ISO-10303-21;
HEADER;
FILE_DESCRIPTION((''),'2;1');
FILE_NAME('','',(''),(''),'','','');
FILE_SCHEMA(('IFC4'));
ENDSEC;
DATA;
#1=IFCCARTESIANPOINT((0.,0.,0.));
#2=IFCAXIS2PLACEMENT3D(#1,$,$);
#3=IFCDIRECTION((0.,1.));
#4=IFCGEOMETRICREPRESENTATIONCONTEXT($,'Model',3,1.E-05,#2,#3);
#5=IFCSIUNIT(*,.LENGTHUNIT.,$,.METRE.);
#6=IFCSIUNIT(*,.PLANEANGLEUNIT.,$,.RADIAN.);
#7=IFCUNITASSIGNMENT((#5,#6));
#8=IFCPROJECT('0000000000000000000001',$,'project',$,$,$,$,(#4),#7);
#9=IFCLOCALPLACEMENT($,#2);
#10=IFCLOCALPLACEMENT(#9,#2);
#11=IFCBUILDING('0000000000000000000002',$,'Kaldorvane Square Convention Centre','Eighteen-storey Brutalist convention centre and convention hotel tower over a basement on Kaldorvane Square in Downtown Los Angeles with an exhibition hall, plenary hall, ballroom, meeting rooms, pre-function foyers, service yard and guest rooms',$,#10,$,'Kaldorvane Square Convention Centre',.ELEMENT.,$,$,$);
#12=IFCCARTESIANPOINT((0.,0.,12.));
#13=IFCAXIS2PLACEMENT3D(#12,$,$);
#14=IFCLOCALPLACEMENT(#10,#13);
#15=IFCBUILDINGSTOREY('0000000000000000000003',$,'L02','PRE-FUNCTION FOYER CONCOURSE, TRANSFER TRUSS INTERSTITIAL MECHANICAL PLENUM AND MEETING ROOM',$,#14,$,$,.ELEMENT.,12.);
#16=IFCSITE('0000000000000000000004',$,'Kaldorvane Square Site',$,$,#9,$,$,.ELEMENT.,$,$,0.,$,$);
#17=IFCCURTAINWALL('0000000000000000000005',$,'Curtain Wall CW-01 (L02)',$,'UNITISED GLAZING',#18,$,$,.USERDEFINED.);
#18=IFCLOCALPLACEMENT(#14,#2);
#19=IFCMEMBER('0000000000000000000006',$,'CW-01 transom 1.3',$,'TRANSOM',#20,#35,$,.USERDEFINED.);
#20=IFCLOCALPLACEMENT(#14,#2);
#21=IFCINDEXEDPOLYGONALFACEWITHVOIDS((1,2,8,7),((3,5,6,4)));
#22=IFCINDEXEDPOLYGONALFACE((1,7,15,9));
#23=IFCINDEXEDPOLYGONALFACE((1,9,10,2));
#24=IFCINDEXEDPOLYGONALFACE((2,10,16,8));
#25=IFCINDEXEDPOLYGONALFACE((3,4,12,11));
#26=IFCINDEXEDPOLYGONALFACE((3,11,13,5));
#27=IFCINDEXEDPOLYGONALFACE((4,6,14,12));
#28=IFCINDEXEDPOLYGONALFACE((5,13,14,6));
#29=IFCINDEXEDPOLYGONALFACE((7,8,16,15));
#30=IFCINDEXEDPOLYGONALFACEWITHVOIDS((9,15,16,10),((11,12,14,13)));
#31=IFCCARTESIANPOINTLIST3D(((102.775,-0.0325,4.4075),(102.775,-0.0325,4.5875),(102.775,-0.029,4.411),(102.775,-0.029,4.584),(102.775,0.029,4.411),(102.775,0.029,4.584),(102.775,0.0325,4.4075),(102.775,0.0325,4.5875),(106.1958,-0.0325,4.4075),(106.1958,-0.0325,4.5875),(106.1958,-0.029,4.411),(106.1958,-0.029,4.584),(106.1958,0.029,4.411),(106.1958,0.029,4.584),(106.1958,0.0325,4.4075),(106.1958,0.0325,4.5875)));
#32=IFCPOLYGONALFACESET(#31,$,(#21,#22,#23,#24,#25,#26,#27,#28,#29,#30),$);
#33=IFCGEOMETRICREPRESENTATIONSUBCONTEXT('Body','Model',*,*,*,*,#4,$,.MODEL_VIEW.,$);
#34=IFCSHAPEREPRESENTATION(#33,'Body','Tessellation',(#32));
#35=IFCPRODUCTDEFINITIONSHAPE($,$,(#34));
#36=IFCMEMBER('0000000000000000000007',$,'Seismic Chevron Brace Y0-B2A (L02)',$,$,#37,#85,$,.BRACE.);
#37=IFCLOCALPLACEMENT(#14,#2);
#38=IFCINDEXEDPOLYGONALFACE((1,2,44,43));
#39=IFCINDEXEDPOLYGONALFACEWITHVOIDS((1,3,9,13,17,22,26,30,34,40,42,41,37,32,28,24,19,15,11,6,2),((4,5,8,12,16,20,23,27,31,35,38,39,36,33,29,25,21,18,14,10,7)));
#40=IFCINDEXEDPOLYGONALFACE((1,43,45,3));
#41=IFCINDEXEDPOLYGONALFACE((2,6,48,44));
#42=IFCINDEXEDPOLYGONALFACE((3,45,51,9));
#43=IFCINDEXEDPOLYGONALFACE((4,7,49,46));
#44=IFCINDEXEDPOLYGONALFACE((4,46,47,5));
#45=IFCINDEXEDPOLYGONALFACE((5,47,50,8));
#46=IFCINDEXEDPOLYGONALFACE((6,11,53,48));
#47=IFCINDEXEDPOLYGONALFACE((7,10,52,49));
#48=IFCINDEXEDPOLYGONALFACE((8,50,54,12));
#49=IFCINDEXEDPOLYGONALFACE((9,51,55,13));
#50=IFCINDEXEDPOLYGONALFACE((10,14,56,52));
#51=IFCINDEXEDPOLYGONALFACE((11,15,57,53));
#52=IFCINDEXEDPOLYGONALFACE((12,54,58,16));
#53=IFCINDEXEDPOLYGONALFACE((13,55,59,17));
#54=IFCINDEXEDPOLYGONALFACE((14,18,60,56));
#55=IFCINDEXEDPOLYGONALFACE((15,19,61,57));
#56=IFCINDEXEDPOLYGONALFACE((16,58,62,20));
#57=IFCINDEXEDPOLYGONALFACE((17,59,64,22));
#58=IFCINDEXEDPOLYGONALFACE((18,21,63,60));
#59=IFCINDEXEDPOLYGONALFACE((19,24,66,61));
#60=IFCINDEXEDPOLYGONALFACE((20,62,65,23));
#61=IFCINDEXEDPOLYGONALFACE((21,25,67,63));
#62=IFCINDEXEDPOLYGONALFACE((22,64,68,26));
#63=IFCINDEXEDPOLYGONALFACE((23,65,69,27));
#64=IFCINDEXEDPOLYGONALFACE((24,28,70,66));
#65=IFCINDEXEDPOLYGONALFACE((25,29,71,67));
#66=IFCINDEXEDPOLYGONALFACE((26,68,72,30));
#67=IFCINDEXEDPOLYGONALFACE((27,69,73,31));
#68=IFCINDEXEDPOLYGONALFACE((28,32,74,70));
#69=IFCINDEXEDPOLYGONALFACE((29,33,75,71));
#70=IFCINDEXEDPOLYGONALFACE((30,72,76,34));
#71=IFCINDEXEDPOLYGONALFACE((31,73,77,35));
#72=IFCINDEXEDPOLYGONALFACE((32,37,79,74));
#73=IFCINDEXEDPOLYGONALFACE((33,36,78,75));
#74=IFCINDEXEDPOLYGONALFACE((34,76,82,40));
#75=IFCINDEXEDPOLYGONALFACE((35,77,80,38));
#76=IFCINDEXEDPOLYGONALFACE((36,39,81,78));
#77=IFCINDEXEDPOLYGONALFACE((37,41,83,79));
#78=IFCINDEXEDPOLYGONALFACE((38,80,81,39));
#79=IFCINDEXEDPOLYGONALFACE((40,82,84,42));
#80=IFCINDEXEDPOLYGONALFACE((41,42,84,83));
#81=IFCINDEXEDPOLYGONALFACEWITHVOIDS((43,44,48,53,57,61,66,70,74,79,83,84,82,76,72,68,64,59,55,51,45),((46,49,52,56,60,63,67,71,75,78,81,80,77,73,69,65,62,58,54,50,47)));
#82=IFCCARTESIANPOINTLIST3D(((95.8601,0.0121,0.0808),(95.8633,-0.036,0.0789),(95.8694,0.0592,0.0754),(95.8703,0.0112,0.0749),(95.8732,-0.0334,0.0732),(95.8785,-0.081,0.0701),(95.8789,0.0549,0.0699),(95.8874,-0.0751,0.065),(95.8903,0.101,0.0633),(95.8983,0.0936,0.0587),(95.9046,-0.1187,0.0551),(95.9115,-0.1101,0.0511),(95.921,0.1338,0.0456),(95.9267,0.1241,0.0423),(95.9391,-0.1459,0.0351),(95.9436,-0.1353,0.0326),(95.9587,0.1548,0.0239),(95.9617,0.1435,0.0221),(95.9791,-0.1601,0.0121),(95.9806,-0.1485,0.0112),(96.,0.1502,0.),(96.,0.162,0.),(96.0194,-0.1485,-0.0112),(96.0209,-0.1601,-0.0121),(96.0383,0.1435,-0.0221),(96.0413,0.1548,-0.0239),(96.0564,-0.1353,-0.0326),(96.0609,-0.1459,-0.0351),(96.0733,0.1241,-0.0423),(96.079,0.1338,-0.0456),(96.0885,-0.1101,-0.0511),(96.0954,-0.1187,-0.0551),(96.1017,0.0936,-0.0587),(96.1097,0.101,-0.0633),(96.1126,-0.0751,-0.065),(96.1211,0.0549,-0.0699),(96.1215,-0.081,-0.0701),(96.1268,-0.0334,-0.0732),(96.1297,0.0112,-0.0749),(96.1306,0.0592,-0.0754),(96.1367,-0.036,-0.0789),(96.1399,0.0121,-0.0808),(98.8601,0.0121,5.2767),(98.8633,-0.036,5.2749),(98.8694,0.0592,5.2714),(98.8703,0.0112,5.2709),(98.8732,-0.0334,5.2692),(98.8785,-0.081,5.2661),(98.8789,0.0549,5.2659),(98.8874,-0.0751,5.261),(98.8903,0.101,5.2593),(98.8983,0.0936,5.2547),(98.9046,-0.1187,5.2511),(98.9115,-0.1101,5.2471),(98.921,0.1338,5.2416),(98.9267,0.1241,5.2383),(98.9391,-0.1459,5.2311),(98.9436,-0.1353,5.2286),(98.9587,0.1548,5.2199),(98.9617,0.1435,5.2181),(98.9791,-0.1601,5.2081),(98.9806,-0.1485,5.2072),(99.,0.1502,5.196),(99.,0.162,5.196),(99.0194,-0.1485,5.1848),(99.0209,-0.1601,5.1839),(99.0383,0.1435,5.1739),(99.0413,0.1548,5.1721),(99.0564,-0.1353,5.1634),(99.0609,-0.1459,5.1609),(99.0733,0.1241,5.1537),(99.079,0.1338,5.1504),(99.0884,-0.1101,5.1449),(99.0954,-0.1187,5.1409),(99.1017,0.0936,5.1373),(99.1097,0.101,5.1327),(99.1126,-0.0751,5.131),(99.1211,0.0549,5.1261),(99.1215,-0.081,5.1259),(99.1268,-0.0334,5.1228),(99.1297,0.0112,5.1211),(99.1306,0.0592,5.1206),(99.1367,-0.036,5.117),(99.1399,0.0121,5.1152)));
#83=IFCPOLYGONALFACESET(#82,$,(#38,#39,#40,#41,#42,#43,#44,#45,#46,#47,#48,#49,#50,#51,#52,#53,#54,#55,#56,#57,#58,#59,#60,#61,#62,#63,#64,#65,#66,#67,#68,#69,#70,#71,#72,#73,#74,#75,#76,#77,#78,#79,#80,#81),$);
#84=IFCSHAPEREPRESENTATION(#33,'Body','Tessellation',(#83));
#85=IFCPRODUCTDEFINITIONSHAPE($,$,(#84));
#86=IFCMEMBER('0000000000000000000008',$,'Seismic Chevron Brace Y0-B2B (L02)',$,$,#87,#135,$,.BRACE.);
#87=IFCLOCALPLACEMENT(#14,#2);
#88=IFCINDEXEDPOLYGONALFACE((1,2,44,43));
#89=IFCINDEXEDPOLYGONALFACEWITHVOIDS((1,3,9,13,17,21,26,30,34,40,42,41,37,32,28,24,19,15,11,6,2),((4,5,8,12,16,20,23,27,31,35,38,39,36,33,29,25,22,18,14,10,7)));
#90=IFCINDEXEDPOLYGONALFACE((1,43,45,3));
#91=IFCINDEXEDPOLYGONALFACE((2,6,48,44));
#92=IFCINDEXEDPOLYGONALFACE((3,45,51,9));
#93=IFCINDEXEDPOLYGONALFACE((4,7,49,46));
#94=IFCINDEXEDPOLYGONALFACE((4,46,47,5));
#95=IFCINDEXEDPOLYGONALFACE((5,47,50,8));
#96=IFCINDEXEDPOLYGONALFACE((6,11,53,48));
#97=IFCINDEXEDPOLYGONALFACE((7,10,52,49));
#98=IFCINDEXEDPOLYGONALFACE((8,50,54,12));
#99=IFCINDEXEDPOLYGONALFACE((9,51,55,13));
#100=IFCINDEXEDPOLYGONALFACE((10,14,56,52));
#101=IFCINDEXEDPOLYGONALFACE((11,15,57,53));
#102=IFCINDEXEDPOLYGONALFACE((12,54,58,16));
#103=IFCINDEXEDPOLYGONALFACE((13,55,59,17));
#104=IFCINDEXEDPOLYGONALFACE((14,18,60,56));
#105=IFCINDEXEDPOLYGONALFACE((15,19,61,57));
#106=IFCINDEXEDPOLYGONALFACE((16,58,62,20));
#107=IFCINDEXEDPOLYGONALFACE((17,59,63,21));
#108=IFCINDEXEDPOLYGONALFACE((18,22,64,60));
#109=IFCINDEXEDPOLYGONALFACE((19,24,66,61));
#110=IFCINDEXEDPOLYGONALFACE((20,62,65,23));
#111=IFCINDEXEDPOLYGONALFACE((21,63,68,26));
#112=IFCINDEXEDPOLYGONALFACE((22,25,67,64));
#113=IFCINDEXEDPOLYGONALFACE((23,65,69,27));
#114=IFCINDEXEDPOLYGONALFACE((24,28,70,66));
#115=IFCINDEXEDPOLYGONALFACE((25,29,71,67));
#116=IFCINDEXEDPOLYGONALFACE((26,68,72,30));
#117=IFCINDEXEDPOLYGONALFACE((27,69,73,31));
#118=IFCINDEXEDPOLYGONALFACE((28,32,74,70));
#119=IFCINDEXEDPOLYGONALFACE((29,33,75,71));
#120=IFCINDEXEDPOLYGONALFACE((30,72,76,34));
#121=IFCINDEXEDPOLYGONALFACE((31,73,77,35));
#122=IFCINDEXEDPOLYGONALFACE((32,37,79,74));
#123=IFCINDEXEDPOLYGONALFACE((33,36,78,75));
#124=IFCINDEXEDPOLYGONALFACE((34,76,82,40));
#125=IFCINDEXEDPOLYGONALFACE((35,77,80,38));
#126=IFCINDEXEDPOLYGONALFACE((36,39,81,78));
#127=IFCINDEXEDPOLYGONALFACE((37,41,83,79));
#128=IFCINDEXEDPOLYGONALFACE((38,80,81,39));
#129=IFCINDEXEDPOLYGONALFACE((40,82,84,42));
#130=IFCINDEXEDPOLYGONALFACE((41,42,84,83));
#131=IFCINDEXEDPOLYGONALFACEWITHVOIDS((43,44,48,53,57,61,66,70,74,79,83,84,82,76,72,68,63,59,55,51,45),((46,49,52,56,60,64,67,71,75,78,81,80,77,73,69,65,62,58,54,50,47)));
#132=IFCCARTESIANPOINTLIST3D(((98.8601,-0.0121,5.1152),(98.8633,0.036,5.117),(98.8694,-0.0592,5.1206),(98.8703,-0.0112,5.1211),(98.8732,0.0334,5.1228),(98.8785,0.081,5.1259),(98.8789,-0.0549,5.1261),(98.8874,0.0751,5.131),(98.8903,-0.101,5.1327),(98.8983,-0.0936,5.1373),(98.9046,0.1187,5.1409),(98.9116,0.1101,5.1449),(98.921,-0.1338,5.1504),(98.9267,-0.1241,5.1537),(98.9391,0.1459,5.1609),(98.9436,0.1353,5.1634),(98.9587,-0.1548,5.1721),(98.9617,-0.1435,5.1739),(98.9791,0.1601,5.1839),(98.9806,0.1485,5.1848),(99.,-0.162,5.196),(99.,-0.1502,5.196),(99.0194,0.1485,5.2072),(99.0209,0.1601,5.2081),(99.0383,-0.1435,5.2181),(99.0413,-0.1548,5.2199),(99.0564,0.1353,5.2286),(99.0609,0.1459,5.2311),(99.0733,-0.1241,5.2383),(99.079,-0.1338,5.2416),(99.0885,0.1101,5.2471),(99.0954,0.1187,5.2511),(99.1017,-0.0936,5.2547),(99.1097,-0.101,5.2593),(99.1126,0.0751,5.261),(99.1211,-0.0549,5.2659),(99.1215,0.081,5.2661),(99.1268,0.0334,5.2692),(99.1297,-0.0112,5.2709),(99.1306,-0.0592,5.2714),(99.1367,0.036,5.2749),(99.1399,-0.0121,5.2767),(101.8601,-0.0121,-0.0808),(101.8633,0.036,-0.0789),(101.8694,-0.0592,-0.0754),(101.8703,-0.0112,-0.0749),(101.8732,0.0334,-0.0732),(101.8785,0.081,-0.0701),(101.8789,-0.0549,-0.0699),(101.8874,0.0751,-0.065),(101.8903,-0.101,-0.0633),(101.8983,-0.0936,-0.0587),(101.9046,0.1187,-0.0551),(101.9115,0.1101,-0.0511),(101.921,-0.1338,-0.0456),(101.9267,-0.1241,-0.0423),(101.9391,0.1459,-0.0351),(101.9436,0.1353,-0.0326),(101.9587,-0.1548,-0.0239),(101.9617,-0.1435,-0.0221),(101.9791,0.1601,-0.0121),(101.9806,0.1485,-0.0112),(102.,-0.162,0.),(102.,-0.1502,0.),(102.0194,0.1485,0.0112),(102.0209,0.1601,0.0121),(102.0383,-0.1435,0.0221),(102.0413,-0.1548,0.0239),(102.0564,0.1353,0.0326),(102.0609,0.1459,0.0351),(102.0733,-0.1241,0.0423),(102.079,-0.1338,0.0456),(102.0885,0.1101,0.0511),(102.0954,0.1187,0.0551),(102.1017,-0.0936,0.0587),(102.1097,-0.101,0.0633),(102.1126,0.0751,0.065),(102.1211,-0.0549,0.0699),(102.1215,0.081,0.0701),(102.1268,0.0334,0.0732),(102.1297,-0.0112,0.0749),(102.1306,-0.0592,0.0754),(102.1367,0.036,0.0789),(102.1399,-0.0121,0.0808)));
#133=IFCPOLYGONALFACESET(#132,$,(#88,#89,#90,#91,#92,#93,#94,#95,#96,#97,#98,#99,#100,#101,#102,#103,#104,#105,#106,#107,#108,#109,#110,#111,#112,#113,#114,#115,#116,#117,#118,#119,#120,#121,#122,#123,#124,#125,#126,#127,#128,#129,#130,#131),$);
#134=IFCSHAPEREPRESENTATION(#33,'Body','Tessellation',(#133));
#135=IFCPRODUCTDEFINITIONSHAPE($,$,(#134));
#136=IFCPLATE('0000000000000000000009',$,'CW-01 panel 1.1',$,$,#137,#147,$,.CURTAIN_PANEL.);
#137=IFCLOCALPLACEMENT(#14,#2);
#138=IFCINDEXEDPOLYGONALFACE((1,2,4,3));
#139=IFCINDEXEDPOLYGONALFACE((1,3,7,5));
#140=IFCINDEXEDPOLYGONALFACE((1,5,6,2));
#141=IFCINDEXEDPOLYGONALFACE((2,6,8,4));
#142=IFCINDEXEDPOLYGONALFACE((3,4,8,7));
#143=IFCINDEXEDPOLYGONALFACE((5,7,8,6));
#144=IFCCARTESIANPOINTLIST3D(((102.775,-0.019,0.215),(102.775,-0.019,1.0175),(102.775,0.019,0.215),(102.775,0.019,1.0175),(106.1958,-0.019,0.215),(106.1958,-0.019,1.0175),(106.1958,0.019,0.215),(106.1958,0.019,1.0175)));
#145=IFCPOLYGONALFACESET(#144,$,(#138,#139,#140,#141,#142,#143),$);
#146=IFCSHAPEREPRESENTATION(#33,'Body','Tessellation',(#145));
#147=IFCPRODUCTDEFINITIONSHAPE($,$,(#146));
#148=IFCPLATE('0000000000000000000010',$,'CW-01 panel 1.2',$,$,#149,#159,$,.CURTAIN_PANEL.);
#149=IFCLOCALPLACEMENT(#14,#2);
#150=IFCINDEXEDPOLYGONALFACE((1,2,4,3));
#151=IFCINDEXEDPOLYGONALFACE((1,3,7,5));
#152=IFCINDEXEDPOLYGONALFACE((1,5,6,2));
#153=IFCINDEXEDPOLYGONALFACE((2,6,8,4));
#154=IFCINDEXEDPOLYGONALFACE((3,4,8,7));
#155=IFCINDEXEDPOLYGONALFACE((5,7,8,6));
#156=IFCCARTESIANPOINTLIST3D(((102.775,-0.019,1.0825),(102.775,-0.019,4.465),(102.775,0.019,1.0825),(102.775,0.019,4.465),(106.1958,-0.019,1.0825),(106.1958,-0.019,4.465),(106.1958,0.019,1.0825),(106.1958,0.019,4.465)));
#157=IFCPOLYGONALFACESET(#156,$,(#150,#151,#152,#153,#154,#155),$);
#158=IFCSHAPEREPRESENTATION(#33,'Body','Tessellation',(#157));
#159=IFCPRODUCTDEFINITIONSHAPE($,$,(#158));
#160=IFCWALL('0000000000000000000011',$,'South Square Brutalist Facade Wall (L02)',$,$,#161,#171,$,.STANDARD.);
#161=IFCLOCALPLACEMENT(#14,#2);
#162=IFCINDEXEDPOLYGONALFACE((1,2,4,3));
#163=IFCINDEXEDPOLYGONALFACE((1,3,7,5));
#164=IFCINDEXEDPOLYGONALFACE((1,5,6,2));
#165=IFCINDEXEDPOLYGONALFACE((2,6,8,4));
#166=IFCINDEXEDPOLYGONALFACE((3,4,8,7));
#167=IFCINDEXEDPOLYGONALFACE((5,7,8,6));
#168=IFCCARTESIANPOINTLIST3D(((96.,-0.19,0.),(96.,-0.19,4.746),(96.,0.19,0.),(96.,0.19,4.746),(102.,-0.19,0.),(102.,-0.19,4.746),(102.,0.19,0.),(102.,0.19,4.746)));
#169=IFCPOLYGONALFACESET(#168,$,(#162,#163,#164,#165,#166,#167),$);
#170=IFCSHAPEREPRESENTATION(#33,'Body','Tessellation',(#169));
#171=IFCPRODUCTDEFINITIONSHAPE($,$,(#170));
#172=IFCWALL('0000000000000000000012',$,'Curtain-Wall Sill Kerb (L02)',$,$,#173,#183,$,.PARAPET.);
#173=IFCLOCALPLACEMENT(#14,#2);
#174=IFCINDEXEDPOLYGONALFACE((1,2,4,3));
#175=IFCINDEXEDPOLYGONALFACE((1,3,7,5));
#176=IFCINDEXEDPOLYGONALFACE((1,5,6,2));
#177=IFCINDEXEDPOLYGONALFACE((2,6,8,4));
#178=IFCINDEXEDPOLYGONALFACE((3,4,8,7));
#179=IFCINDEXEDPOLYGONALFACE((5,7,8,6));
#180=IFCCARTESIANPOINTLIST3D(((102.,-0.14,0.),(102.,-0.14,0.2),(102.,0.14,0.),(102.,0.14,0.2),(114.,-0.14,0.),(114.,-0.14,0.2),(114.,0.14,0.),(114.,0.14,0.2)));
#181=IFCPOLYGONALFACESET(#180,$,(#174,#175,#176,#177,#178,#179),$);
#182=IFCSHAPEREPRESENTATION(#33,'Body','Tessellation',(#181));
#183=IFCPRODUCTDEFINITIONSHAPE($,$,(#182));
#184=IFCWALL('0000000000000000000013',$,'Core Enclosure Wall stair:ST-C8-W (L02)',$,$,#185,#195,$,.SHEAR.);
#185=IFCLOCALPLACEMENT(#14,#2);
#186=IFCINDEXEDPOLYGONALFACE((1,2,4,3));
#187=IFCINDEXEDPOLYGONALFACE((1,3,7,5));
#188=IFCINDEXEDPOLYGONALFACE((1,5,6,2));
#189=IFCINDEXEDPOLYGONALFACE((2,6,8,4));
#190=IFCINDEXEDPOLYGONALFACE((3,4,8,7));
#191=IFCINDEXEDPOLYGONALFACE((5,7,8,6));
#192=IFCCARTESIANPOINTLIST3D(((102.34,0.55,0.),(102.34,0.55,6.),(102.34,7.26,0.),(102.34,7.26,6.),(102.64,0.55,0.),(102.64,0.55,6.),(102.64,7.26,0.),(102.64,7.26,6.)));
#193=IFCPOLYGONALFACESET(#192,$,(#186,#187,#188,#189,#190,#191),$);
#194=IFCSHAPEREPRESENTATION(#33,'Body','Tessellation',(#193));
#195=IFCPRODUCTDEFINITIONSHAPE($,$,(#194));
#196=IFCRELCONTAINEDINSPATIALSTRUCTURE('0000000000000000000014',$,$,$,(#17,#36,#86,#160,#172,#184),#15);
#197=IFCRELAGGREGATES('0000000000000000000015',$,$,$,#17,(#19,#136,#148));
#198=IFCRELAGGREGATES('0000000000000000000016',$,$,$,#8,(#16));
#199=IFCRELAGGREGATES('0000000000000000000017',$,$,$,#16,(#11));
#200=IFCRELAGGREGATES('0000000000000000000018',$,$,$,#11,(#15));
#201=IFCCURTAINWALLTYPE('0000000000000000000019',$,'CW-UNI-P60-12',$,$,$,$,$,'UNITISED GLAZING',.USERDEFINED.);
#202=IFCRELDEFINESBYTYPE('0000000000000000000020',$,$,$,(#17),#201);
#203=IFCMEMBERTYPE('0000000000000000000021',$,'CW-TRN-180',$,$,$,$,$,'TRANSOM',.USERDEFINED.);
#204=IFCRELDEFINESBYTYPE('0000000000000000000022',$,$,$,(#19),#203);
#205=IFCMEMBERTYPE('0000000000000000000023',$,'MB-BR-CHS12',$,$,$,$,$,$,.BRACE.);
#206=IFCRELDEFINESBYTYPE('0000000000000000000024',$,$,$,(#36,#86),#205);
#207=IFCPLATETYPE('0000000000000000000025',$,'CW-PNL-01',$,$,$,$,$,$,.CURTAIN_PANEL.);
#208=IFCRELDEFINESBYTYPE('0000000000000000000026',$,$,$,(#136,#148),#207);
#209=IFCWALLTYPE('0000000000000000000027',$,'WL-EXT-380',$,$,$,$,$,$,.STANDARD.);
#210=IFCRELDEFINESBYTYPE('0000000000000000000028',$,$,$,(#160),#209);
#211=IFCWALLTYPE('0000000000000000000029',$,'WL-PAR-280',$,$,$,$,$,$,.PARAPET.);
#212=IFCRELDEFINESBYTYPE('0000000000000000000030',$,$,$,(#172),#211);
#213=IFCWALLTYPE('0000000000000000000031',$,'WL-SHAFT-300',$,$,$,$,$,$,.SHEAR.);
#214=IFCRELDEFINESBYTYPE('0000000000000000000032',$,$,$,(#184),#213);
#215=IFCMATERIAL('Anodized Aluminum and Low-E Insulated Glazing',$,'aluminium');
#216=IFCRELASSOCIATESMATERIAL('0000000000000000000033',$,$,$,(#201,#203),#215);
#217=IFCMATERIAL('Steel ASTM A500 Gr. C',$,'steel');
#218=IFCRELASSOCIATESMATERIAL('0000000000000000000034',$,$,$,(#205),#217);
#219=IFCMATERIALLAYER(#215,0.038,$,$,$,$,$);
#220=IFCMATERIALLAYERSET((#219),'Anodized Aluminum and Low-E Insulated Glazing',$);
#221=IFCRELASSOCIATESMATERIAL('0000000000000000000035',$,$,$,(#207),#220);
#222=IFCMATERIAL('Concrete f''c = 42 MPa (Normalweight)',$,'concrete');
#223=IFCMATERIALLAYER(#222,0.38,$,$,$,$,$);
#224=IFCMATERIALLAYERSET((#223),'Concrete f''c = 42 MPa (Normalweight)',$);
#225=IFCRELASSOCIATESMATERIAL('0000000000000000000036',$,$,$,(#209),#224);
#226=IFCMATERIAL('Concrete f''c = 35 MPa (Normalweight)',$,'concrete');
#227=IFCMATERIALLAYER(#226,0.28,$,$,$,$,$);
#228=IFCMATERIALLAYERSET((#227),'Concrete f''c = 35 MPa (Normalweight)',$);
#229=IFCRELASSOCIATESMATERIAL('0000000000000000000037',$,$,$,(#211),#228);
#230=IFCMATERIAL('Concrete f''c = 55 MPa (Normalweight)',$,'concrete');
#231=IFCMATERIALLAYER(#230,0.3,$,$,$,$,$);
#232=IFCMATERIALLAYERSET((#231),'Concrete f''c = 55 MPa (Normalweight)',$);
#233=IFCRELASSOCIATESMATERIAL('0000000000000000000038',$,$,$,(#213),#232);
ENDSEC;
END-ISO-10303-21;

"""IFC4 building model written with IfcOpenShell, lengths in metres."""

from ifc_helpers import new_model, si_unit, direction, frame, frame_2d, origin, origin_2d, place, context, subcontext, project, spatial, rectangle, hollow_rectangle, hollow_circle, extrude, material, layer, layer_set, material_profile, profile_set, type_object, element, aggregate, save


model = new_model("IFC4")

# Units and contexts
model_context = context("Model", 3, precision=1e-05, world=origin(), true_north=direction((0.0, 1.0)))
body_context = subcontext(model_context, "Body", "Model", "MODEL_VIEW")
ifc_project = project(units=[si_unit("LENGTHUNIT", "METRE"), si_unit("PLANEANGLEUNIT", "RADIAN")], contexts=[model_context])

# Site, building, storey
site_placement = place(None, origin())
site = spatial("IfcSite", under=ifc_project, at=site_placement, Name="Kaldorvane Square Site", CompositionType="ELEMENT", RefElevation=0.0)
building_placement = place(site_placement, origin())
building = spatial("IfcBuilding", under=site, at=building_placement, Name="Kaldorvane Square Convention Centre", Description="Eighteen-storey Brutalist convention centre and convention hotel tower over a basement on Kaldorvane Square in Downtown Los Angeles with an exhibition hall, plenary hall, ballroom, meeting rooms, pre-function foyers, service yard and guest rooms", LongName="Kaldorvane Square Convention Centre", CompositionType="ELEMENT")
storey_placement = place(building_placement, frame((0.0, 0.0, 12.0)))
storey = spatial("IfcBuildingStorey", under=building, at=storey_placement, Name="L02", Description="PRE-FUNCTION FOYER CONCOURSE, TRANSFER TRUSS INTERSTITIAL MECHANICAL PLENUM AND MEETING ROOM", CompositionType="ELEMENT", Elevation=12.0)

# Shared definitions
ifc_material_1 = material(Name="Concrete f'c = 42 MPa (Normalweight)", Category="concrete")

# Curtain wall, member
ifc_material_2 = material(Name="Anodized Aluminum and Low-E Insulated Glazing", Category="aluminium")
curtain_wall_type = type_object("IfcCurtainWallType", Name="CW-UNI-P60-12", ElementType="UNITISED GLAZING", PredefinedType="USERDEFINED", material=ifc_material_2)
curtain_wall_placement = place(storey_placement, origin())
curtain_wall = element("IfcCurtainWall", 1, at=curtain_wall_placement, inside=storey, type_object=curtain_wall_type, Name="Curtain Wall CW-01 (L02)", ObjectType="UNITISED GLAZING", PredefinedType="USERDEFINED")
ifc_material_profile_1 = material_profile(ifc_material_2, hollow_rectangle(XDim=0.065, YDim=0.18, WallThickness=0.0035, at=origin_2d()), Name="CWT-180X65")
ifc_profile_set_1 = profile_set([ifc_material_profile_1], Name="Anodized Aluminum and Low-E Insulated Glazing")
member_type_1 = type_object("IfcMemberType", Name="CW-TRN-180", ElementType="TRANSOM", PredefinedType="USERDEFINED", material=ifc_profile_set_1)
member_1_placement = place(storey_placement, frame((102.775, 0.0, 4.4975), z_axis=(1.0, 0.0, 0.0), x_axis=(0.0, 1.0, 0.0)))
member_1 = element("IfcMember", 2, at=member_1_placement, type_object=member_type_1, Name="CW-01 transom 1.3", ObjectType="TRANSOM", PredefinedType="USERDEFINED", context=body_context, shape_type="SweptSolid", body=[
    extrude(hollow_rectangle(XDim=0.065, YDim=0.18, WallThickness=0.0035, at=origin_2d()), origin(), (0.0, 0.0, 1.0), 3.4208),
])

# Members
ifc_material_3 = material(Name="Steel ASTM A500 Gr. C", Category="steel")
ifc_material_profile_2 = material_profile(ifc_material_3, hollow_circle(Radius=0.162, WallThickness=0.0118, at=origin_2d()), Name="HSS12.750X0.500")
ifc_profile_set_2 = profile_set([ifc_material_profile_2], Name="Steel ASTM A500 Gr. C")
member_type_2 = type_object("IfcMemberType", Name="MB-BR-CHS12", PredefinedType="BRACE", material=ifc_profile_set_2)
for number, where, z_axis, x_axis, name in (
    (3, (96.0, 0.0, 0.0), (0.500011, 0.0, 0.866019), (0.0, 1.0, 0.0), "Seismic Chevron Brace Y0-B2A (L02)"),
    (4, (102.0, 0.0, 0.0), (-0.500011, 0.0, 0.866019), (0.0, -1.0, 0.0), "Seismic Chevron Brace Y0-B2B (L02)"),
):
    element("IfcMember", number, at=place(storey_placement, frame(where, z_axis=z_axis, x_axis=x_axis)), inside=storey, type_object=member_type_2, Name=name, PredefinedType="BRACE", context=body_context, shape_type="SweptSolid", body=[
        extrude(hollow_circle(Radius=0.162, WallThickness=0.0118, at=origin_2d()), origin(), (0.0, 0.0, 1.0), 5.9999),
    ])

# Plates
ifc_layer_1 = layer(ifc_material_2, 0.038)
ifc_layer_set_1 = layer_set([ifc_layer_1], Name="Anodized Aluminum and Low-E Insulated Glazing")
plate_type = type_object("IfcPlateType", Name="CW-PNL-01", PredefinedType="CURTAIN_PANEL", material=ifc_layer_set_1)
plate_1_placement = place(storey_placement, frame((104.4854, 0.0, 0.215), z_axis=(0.0, 0.0, 1.0), x_axis=(1.0, 0.0, 0.0)))
plate_1 = element("IfcPlate", 5, at=plate_1_placement, type_object=plate_type, Name="CW-01 panel 1.1", PredefinedType="CURTAIN_PANEL", context=body_context, shape_type="SweptSolid", body=[
    extrude(rectangle(XDim=3.4208, YDim=0.038, at=origin_2d()), origin(), (0.0, 0.0, 1.0), 0.8025),
])
plate_2_placement = place(storey_placement, frame((104.4854, 0.0, 1.0825), z_axis=(0.0, 0.0, 1.0), x_axis=(1.0, 0.0, 0.0)))
plate_2 = element("IfcPlate", 6, at=plate_2_placement, type_object=plate_type, Name="CW-01 panel 1.2", PredefinedType="CURTAIN_PANEL", context=body_context, shape_type="SweptSolid", body=[
    extrude(rectangle(XDim=3.4208, YDim=0.038, at=origin_2d()), origin(), (0.0, 0.0, 1.0), 3.3825),
])
aggregate(curtain_wall, [member_1, plate_1, plate_2])

# Walls
ifc_layer_2 = layer(ifc_material_1, 0.38)
ifc_layer_set_2 = layer_set([ifc_layer_2], Name="Concrete f'c = 42 MPa (Normalweight)")
wall_type_1 = type_object("IfcWallType", Name="WL-EXT-380", PredefinedType="STANDARD", material=ifc_layer_set_2)
wall_1_placement = place(storey_placement, frame((96.0, 0.0, 0.0), z_axis=(0.0, 0.0, 1.0), x_axis=(1.0, 0.0, 0.0)))
element("IfcWall", 7, at=wall_1_placement, inside=storey, type_object=wall_type_1, Name="South Square Brutalist Facade Wall (L02)", PredefinedType="STANDARD", context=body_context, shape_type="SweptSolid", body=[
    extrude(rectangle(XDim=6.0, YDim=0.38, at=frame_2d((3.0, 0.0))), origin(), (0.0, 0.0, 1.0), 4.746),
])
ifc_material_4 = material(Name="Concrete f'c = 35 MPa (Normalweight)", Category="concrete")
ifc_layer_3 = layer(ifc_material_4, 0.28)
ifc_layer_set_3 = layer_set([ifc_layer_3], Name="Concrete f'c = 35 MPa (Normalweight)")
wall_type_2 = type_object("IfcWallType", Name="WL-PAR-280", PredefinedType="PARAPET", material=ifc_layer_set_3)
wall_2_placement = place(storey_placement, frame((102.0, 0.0, 0.0), z_axis=(0.0, 0.0, 1.0), x_axis=(1.0, 0.0, 0.0)))
element("IfcWall", 8, at=wall_2_placement, inside=storey, type_object=wall_type_2, Name="Curtain-Wall Sill Kerb (L02)", PredefinedType="PARAPET", context=body_context, shape_type="SweptSolid", body=[
    extrude(rectangle(XDim=12.0, YDim=0.28, at=frame_2d((6.0, 0.0))), origin(), (0.0, 0.0, 1.0), 0.2),
])
ifc_material_5 = material(Name="Concrete f'c = 55 MPa (Normalweight)", Category="concrete")
ifc_layer_4 = layer(ifc_material_5, 0.3)
ifc_layer_set_4 = layer_set([ifc_layer_4], Name="Concrete f'c = 55 MPa (Normalweight)")
wall_type_3 = type_object("IfcWallType", Name="WL-SHAFT-300", PredefinedType="SHEAR", material=ifc_layer_set_4)
wall_3_placement = place(storey_placement, frame((102.49, 7.26, 0.0), z_axis=(0.0, 0.0, 1.0), x_axis=(0.0, -1.0, 0.0)))
element("IfcWall", 9, at=wall_3_placement, inside=storey, type_object=wall_type_3, Name="Core Enclosure Wall stair:ST-C8-W (L02)", PredefinedType="SHEAR", context=body_context, shape_type="SweptSolid", body=[
    extrude(rectangle(XDim=6.71, YDim=0.3, at=frame_2d((3.355, 0.0))), origin(), (0.0, 0.0, 1.0), 6.0),
])

save(model, "model.ifc")
